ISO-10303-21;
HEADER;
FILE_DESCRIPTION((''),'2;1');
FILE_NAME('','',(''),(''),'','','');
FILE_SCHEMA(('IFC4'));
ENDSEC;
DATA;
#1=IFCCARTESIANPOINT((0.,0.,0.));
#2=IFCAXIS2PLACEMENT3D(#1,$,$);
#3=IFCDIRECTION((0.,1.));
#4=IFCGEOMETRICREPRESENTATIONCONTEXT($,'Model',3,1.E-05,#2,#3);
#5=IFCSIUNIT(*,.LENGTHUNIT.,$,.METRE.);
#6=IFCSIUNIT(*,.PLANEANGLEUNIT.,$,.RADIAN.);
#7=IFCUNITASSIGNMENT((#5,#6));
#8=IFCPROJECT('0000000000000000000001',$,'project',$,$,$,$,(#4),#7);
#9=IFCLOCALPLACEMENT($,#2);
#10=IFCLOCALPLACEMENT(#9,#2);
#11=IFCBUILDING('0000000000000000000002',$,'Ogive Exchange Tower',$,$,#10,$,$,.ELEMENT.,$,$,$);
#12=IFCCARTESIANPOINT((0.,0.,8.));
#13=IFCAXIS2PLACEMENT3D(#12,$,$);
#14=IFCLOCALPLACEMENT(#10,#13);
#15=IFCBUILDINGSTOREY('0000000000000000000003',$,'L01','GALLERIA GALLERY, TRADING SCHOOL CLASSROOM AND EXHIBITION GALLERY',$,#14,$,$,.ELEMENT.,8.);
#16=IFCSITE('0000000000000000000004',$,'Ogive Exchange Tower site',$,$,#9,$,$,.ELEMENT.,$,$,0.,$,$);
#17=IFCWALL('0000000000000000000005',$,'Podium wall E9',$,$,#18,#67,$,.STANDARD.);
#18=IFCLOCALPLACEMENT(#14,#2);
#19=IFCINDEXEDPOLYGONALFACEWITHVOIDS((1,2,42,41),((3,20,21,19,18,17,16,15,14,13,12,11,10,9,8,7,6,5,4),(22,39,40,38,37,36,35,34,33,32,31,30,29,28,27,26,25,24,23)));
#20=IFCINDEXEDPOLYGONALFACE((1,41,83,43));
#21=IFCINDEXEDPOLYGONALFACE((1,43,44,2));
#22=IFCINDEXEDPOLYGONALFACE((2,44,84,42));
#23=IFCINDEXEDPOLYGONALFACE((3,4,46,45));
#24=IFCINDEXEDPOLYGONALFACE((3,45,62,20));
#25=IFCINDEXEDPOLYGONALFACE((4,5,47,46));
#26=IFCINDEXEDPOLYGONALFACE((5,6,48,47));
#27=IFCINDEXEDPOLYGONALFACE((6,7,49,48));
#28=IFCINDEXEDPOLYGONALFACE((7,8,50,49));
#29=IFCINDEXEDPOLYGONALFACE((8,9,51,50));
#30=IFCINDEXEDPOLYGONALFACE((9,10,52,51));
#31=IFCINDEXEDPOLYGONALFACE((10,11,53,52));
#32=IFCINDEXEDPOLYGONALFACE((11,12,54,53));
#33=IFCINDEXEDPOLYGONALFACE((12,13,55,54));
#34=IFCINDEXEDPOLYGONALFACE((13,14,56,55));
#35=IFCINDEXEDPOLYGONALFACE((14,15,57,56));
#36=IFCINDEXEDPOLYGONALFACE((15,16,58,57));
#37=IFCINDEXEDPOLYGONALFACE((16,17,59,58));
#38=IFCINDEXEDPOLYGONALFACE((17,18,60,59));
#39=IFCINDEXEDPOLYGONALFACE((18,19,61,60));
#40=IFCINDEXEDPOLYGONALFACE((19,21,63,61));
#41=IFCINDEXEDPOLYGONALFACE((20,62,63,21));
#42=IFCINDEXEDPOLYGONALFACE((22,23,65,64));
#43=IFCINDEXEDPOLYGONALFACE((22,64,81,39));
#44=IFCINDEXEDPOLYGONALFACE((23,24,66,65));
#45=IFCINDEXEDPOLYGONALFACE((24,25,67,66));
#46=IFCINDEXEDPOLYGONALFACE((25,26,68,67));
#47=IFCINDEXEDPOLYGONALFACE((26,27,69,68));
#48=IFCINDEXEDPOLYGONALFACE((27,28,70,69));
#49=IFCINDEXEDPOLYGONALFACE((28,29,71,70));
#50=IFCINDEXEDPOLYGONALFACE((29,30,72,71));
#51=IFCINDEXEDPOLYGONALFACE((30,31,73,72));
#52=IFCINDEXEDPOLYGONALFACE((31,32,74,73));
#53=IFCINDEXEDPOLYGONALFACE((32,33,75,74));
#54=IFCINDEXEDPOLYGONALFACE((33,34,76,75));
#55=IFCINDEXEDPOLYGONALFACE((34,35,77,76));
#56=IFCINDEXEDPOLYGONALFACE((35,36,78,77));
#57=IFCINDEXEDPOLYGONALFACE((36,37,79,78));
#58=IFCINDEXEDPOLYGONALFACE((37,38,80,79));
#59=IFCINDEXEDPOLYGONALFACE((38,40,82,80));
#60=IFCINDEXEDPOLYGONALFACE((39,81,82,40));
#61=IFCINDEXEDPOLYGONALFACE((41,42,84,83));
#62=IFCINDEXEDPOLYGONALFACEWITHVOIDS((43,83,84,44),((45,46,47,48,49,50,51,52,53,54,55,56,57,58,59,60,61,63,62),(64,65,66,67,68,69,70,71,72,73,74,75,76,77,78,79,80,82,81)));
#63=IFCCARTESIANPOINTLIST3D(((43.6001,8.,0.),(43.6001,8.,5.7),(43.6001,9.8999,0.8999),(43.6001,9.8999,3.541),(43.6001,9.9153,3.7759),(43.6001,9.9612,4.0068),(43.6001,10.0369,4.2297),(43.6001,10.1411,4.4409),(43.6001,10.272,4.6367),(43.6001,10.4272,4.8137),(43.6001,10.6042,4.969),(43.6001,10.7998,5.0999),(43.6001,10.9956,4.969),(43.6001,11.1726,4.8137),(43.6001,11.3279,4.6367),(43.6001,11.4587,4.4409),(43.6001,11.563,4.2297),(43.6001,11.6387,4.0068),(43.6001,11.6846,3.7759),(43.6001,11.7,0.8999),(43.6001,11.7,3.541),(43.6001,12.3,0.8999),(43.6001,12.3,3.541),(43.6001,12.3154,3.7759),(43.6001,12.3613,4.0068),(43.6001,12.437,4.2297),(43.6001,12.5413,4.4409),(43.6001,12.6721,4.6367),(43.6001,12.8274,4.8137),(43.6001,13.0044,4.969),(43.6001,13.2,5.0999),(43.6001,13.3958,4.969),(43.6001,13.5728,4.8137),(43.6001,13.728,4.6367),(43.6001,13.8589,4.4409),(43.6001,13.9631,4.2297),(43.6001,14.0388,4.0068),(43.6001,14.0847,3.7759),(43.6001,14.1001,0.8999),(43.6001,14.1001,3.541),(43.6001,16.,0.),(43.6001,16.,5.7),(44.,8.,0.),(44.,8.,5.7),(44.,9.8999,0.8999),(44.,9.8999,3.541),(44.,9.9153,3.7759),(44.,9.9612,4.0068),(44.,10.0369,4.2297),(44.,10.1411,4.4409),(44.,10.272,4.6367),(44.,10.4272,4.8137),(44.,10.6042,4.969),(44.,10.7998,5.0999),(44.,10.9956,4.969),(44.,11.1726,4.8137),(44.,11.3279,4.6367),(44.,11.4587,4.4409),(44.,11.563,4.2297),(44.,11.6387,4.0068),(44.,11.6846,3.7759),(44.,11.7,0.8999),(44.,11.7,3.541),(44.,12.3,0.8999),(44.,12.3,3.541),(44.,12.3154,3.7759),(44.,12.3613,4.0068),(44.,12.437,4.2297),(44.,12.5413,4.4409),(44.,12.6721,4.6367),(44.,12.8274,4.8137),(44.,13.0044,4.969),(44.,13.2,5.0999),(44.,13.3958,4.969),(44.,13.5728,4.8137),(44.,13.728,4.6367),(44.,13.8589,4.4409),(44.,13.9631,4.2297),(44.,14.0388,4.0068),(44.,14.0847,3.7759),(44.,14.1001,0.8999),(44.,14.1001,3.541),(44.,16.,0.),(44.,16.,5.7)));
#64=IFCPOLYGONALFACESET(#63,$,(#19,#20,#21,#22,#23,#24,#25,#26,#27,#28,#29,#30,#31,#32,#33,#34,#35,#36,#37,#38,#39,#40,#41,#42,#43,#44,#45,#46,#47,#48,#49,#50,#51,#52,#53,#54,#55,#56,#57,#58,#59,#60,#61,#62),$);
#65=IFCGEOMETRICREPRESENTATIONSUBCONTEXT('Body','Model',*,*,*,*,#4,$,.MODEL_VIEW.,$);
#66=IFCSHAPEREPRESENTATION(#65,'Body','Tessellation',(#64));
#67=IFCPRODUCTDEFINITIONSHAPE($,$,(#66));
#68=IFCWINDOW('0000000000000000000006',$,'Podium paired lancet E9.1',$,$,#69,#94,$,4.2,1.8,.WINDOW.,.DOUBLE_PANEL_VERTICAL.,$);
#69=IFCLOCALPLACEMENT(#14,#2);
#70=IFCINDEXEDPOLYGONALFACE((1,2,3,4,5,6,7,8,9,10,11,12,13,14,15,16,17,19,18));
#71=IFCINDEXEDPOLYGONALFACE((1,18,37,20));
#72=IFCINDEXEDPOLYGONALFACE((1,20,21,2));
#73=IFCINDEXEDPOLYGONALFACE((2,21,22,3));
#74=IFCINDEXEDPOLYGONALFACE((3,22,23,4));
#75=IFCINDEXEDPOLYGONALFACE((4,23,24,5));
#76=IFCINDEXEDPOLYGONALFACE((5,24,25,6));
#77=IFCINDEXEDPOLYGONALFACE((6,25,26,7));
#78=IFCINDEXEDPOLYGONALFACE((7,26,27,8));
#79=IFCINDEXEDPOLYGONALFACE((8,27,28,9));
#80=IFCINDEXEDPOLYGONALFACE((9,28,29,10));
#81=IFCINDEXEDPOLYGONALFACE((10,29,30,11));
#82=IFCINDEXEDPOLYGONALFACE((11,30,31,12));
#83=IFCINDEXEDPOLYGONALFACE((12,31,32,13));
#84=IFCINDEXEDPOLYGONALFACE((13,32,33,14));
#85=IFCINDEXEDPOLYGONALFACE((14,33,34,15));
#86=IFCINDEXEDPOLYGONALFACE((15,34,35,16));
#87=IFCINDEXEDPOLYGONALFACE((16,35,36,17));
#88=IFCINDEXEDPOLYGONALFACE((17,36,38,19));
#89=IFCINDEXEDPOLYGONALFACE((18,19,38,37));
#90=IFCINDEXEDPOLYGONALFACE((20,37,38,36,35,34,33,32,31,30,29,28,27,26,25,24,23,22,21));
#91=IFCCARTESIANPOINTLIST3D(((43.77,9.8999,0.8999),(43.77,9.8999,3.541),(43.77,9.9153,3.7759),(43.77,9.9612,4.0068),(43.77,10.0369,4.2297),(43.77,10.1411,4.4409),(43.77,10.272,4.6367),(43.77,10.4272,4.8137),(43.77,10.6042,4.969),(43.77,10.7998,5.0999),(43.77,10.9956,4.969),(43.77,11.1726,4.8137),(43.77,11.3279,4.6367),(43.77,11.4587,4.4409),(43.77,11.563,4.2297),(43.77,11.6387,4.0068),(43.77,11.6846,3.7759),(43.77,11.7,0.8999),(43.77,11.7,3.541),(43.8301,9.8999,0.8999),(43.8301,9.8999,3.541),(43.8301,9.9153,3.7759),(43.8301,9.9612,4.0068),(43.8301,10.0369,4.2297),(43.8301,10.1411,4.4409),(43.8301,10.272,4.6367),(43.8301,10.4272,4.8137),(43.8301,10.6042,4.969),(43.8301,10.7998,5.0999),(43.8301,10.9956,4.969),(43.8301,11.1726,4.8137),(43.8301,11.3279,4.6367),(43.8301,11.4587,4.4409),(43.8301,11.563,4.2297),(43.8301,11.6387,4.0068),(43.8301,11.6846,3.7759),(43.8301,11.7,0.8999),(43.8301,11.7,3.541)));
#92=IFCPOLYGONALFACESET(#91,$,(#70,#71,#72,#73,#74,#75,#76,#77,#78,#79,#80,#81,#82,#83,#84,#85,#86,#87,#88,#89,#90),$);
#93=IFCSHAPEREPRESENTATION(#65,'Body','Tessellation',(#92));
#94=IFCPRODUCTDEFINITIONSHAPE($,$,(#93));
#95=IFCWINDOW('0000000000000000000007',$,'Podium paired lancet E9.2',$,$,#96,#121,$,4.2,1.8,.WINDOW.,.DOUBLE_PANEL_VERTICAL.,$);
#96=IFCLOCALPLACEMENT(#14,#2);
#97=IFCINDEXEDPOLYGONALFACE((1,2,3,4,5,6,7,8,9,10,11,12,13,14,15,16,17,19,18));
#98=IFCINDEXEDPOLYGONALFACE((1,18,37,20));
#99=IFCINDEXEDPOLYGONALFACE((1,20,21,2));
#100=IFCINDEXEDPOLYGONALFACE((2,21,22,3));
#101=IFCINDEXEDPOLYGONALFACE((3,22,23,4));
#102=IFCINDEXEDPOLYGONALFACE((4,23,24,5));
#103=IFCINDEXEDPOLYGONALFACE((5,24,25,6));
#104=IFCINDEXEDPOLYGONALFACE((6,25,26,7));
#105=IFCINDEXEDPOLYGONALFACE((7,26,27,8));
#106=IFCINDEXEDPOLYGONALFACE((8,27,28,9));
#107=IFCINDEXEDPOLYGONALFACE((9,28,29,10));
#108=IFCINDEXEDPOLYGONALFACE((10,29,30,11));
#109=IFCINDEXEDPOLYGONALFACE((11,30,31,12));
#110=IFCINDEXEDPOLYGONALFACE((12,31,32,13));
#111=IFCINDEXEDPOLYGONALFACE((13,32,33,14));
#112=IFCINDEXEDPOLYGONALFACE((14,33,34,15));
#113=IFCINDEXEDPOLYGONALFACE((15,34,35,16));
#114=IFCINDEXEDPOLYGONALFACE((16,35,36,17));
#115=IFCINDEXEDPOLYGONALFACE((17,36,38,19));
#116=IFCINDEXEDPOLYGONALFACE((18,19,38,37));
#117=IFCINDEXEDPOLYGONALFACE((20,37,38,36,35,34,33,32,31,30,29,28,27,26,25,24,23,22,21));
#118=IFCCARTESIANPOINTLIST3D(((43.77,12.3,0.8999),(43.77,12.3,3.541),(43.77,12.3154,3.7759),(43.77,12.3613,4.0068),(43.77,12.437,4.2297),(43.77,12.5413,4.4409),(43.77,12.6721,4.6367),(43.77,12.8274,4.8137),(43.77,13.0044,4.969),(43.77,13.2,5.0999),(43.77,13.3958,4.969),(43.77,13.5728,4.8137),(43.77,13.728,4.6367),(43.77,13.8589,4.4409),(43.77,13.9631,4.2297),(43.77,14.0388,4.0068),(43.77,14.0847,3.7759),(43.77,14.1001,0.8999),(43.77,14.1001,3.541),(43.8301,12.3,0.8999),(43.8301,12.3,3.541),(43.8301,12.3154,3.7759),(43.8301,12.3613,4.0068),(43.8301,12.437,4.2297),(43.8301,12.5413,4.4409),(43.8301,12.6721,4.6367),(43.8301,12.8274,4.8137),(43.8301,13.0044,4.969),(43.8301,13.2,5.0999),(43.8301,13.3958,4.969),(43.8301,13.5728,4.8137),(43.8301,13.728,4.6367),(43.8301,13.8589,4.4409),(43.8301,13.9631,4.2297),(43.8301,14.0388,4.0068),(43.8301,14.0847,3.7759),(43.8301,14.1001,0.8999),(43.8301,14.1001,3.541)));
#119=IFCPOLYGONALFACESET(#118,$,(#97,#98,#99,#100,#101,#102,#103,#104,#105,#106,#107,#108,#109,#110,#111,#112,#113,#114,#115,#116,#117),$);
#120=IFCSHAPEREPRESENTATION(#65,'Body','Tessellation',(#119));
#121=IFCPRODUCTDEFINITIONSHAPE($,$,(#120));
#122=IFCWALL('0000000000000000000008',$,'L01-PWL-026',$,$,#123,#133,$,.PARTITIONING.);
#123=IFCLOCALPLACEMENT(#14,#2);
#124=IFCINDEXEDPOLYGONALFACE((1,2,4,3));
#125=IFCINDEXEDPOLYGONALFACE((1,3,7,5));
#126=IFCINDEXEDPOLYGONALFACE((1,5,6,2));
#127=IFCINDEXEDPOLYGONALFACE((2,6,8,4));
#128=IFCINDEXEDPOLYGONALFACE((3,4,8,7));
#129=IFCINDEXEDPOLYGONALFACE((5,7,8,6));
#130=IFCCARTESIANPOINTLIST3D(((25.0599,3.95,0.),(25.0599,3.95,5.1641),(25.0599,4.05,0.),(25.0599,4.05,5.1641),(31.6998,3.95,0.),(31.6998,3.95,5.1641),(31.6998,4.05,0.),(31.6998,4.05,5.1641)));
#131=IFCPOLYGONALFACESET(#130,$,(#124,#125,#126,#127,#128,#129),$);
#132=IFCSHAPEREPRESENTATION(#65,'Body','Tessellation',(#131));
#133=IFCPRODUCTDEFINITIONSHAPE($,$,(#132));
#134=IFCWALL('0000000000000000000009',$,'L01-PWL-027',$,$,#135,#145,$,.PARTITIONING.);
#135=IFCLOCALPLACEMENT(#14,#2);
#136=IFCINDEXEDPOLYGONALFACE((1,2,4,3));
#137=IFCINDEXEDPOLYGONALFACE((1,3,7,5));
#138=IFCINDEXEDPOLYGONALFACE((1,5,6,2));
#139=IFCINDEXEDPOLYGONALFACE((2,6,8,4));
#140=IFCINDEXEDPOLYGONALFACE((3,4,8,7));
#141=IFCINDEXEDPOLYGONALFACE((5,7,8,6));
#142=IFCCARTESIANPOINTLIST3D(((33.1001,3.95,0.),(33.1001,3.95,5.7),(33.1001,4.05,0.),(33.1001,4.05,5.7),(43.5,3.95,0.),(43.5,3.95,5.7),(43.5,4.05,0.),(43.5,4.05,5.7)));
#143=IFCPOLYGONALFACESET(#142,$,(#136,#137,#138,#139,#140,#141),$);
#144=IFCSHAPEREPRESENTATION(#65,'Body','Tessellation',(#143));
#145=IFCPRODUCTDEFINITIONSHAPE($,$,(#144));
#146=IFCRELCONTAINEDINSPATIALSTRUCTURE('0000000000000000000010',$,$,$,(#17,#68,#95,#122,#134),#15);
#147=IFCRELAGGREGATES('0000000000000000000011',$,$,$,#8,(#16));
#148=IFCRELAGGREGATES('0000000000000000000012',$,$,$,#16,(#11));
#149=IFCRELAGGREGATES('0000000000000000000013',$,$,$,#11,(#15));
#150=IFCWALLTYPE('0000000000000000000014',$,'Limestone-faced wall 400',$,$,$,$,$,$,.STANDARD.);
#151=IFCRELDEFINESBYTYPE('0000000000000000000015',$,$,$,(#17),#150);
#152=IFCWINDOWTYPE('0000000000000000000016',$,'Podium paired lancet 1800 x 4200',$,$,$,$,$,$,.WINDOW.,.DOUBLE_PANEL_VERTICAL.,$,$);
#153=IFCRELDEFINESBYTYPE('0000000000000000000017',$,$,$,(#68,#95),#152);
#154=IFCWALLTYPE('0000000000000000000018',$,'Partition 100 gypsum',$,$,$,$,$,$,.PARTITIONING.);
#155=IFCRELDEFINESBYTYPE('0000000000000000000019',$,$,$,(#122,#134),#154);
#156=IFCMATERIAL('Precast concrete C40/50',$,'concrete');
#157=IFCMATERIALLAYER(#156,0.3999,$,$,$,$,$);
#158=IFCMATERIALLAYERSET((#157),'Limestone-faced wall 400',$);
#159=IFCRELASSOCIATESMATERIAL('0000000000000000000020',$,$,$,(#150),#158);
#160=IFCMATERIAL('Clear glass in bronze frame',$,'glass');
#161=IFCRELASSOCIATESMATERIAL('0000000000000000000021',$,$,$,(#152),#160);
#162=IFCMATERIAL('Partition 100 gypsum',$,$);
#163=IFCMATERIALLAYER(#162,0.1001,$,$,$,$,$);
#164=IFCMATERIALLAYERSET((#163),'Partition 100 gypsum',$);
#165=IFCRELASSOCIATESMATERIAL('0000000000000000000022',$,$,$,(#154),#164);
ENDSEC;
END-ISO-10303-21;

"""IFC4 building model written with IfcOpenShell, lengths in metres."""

from ifc_helpers import new_model, si_unit, direction, frame, frame_2d, origin, place, context, subcontext, project, spatial, polyline, rectangle, outline, extrude, material, layer, layer_set, type_object, element, fill, save


model = new_model("IFC4")

# Units and contexts
model_context = context("Model", 3, precision=1e-05, world=origin(), true_north=direction((0.0, 1.0)))
body_context = subcontext(model_context, "Body", "Model", "MODEL_VIEW")
ifc_project = project(units=[si_unit("LENGTHUNIT", "METRE"), si_unit("PLANEANGLEUNIT", "RADIAN")], contexts=[model_context])

# Site, building, storey
site_placement = place(None, origin())
site = spatial("IfcSite", under=ifc_project, at=site_placement, Name="Ogive Exchange Tower site", CompositionType="ELEMENT", RefElevation=0.0)
building_placement = place(site_placement, origin())
building = spatial("IfcBuilding", under=site, at=building_placement, Name="Ogive Exchange Tower", CompositionType="ELEMENT")
storey_placement = place(building_placement, frame((0.0, 0.0, 8.0)))
storey = spatial("IfcBuildingStorey", under=building, at=storey_placement, Name="L01", Description="GALLERIA GALLERY, TRADING SCHOOL CLASSROOM AND EXHIBITION GALLERY", CompositionType="ELEMENT", Elevation=8.0)

# Shared definitions
ifc_material_1 = material(Name="Precast concrete C40/50", Category="concrete")
ifc_layer_1 = layer(ifc_material_1, 0.3999)
ifc_layer_set_1 = layer_set([ifc_layer_1], Name="Limestone-faced wall 400")
wall_type_1 = type_object("IfcWallType", Name="Limestone-faced wall 400", PredefinedType="STANDARD", material=ifc_layer_set_1)
ifc_material_2 = material(Name="Clear glass in bronze frame", Category="glass")

# Wall, openings, windows
wall_1_placement = place(storey_placement, frame((43.8, 8.0, 0.0), z_axis=(0.0, 0.0, 1.0), x_axis=(0.0, 1.0, 0.0)))
wall_1 = element("IfcWall", 1, at=wall_1_placement, inside=storey, type_object=wall_type_1, Name="Podium wall E9", PredefinedType="STANDARD", context=body_context, shape_type="SweptSolid", body=[
    extrude(rectangle(XDim=8.0, YDim=0.3999, at=frame_2d((4.0, 0.0))), origin(), (0.0, 0.0, 1.0), 5.7),
])
opening_1_placement = place(wall_1_placement, frame((1.8999, 0.0, 0.8999)))
opening_1 = element("IfcOpeningElement", 2, at=opening_1_placement, cuts=wall_1, PredefinedType="OPENING", context=body_context, shape_type="SweptSolid", body=[
    extrude(outline(polyline([(0.0, 0.0), (1.8, 0.0), (1.8, 2.6411), (1.7847, 2.876), (1.7388, 3.1069), (1.6631, 3.3298), (1.5588, 3.541), (1.428, 3.7368), (1.2727, 3.9138), (1.0957, 4.0691), (0.8999, 4.2), (0.7043, 4.0691), (0.5273, 3.9138), (0.3721, 3.7368), (0.2412, 3.541), (0.137, 3.3298), (0.0613, 3.1069), (0.0154, 2.876), (0.0, 2.6411), (0.0, 0.0)])), frame((0.0, 0.21, 0.0), z_axis=(0.0, -1.0, 0.0), x_axis=(1.0, 0.0, 0.0)), (0.0, 0.0, 1.0), 0.4199),
])
opening_2_placement = place(wall_1_placement, frame((4.3, 0.0, 0.8999)))
opening_2 = element("IfcOpeningElement", 3, at=opening_2_placement, cuts=wall_1, PredefinedType="OPENING", context=body_context, shape_type="SweptSolid", body=[
    extrude(outline(polyline([(0.0, 0.0), (1.8, 0.0), (1.8, 2.6411), (1.7847, 2.876), (1.7388, 3.1069), (1.6631, 3.3298), (1.5588, 3.541), (1.428, 3.7368), (1.2727, 3.9138), (1.0957, 4.0691), (0.8999, 4.2), (0.7043, 4.0691), (0.5273, 3.9138), (0.3721, 3.7368), (0.2412, 3.541), (0.137, 3.3298), (0.0613, 3.1069), (0.0154, 2.876), (0.0, 2.6411), (0.0, 0.0)])), frame((0.0, 0.21, 0.0), z_axis=(0.0, -1.0, 0.0), x_axis=(1.0, 0.0, 0.0)), (0.0, 0.0, 1.0), 0.4199),
])
window_type_1 = type_object("IfcWindowType", Name="Podium paired lancet 1800 x 4200", PartitioningType="DOUBLE_PANEL_VERTICAL", PredefinedType="WINDOW", material=ifc_material_2)
window_1_placement = place(opening_1_placement, origin())
window_1 = element("IfcWindow", 4, at=window_1_placement, inside=storey, type_object=window_type_1, Name="Podium paired lancet E9.1", OverallHeight=4.2, OverallWidth=1.8, PartitioningType="DOUBLE_PANEL_VERTICAL", PredefinedType="WINDOW", context=body_context, shape_type="SweptSolid", body=[
    extrude(outline(polyline([(0.0, 0.0), (1.8, 0.0), (1.8, 2.6411), (1.7847, 2.876), (1.7388, 3.1069), (1.6631, 3.3298), (1.5588, 3.541), (1.428, 3.7368), (1.2727, 3.9138), (1.0957, 4.0691), (0.8999, 4.2), (0.7043, 4.0691), (0.5273, 3.9138), (0.3721, 3.7368), (0.2412, 3.541), (0.137, 3.3298), (0.0613, 3.1069), (0.0154, 2.876), (0.0, 2.6411), (0.0, 0.0)])), frame((0.0, 0.03, 0.0), z_axis=(0.0, -1.0, 0.0), x_axis=(1.0, 0.0, 0.0)), (0.0, 0.0, 1.0), 0.0601),
])
fill(opening_1, window_1)
window_2_placement = place(opening_2_placement, origin())
window_2 = element("IfcWindow", 5, at=window_2_placement, inside=storey, type_object=window_type_1, Name="Podium paired lancet E9.2", OverallHeight=4.2, OverallWidth=1.8, PartitioningType="DOUBLE_PANEL_VERTICAL", PredefinedType="WINDOW", context=body_context, shape_type="SweptSolid", body=[
    extrude(outline(polyline([(0.0, 0.0), (1.8, 0.0), (1.8, 2.6411), (1.7847, 2.876), (1.7388, 3.1069), (1.6631, 3.3298), (1.5588, 3.541), (1.428, 3.7368), (1.2727, 3.9138), (1.0957, 4.0691), (0.8999, 4.2), (0.7043, 4.0691), (0.5273, 3.9138), (0.3721, 3.7368), (0.2412, 3.541), (0.137, 3.3298), (0.0613, 3.1069), (0.0154, 2.876), (0.0, 2.6411), (0.0, 0.0)])), frame((0.0, 0.03, 0.0), z_axis=(0.0, -1.0, 0.0), x_axis=(1.0, 0.0, 0.0)), (0.0, 0.0, 1.0), 0.0601),
])
fill(opening_2, window_2)

# Walls
ifc_material_3 = material(Name="Partition 100 gypsum")
ifc_layer_2 = layer(ifc_material_3, 0.1001)
ifc_layer_set_2 = layer_set([ifc_layer_2], Name="Partition 100 gypsum")
wall_type_2 = type_object("IfcWallType", Name="Partition 100 gypsum", PredefinedType="PARTITIONING", material=ifc_layer_set_2)
wall_2_placement = place(storey_placement, frame((25.0601, 4.0, 0.0), z_axis=(0.0, 0.0, 1.0), x_axis=(1.0, 0.0, 0.0)))
element("IfcWall", 6, at=wall_2_placement, inside=storey, type_object=wall_type_2, Name="L01-PWL-026", PredefinedType="PARTITIONING", context=body_context, shape_type="SweptSolid", body=[
    extrude(rectangle(XDim=6.6399, YDim=0.1001, at=frame_2d((3.3198, 0.0))), origin(), (0.0, 0.0, 1.0), 5.1641),
])
wall_3_placement = place(storey_placement, frame((33.1001, 4.0, 0.0), z_axis=(0.0, 0.0, 1.0), x_axis=(1.0, 0.0, 0.0)))
element("IfcWall", 7, at=wall_3_placement, inside=storey, type_object=wall_type_2, Name="L01-PWL-027", PredefinedType="PARTITIONING", context=body_context, shape_type="SweptSolid", body=[
    extrude(rectangle(XDim=10.3999, YDim=0.1001, at=frame_2d((5.2, 0.0))), origin(), (0.0, 0.0, 1.0), 5.7),
])

save(model, "model.ifc")
